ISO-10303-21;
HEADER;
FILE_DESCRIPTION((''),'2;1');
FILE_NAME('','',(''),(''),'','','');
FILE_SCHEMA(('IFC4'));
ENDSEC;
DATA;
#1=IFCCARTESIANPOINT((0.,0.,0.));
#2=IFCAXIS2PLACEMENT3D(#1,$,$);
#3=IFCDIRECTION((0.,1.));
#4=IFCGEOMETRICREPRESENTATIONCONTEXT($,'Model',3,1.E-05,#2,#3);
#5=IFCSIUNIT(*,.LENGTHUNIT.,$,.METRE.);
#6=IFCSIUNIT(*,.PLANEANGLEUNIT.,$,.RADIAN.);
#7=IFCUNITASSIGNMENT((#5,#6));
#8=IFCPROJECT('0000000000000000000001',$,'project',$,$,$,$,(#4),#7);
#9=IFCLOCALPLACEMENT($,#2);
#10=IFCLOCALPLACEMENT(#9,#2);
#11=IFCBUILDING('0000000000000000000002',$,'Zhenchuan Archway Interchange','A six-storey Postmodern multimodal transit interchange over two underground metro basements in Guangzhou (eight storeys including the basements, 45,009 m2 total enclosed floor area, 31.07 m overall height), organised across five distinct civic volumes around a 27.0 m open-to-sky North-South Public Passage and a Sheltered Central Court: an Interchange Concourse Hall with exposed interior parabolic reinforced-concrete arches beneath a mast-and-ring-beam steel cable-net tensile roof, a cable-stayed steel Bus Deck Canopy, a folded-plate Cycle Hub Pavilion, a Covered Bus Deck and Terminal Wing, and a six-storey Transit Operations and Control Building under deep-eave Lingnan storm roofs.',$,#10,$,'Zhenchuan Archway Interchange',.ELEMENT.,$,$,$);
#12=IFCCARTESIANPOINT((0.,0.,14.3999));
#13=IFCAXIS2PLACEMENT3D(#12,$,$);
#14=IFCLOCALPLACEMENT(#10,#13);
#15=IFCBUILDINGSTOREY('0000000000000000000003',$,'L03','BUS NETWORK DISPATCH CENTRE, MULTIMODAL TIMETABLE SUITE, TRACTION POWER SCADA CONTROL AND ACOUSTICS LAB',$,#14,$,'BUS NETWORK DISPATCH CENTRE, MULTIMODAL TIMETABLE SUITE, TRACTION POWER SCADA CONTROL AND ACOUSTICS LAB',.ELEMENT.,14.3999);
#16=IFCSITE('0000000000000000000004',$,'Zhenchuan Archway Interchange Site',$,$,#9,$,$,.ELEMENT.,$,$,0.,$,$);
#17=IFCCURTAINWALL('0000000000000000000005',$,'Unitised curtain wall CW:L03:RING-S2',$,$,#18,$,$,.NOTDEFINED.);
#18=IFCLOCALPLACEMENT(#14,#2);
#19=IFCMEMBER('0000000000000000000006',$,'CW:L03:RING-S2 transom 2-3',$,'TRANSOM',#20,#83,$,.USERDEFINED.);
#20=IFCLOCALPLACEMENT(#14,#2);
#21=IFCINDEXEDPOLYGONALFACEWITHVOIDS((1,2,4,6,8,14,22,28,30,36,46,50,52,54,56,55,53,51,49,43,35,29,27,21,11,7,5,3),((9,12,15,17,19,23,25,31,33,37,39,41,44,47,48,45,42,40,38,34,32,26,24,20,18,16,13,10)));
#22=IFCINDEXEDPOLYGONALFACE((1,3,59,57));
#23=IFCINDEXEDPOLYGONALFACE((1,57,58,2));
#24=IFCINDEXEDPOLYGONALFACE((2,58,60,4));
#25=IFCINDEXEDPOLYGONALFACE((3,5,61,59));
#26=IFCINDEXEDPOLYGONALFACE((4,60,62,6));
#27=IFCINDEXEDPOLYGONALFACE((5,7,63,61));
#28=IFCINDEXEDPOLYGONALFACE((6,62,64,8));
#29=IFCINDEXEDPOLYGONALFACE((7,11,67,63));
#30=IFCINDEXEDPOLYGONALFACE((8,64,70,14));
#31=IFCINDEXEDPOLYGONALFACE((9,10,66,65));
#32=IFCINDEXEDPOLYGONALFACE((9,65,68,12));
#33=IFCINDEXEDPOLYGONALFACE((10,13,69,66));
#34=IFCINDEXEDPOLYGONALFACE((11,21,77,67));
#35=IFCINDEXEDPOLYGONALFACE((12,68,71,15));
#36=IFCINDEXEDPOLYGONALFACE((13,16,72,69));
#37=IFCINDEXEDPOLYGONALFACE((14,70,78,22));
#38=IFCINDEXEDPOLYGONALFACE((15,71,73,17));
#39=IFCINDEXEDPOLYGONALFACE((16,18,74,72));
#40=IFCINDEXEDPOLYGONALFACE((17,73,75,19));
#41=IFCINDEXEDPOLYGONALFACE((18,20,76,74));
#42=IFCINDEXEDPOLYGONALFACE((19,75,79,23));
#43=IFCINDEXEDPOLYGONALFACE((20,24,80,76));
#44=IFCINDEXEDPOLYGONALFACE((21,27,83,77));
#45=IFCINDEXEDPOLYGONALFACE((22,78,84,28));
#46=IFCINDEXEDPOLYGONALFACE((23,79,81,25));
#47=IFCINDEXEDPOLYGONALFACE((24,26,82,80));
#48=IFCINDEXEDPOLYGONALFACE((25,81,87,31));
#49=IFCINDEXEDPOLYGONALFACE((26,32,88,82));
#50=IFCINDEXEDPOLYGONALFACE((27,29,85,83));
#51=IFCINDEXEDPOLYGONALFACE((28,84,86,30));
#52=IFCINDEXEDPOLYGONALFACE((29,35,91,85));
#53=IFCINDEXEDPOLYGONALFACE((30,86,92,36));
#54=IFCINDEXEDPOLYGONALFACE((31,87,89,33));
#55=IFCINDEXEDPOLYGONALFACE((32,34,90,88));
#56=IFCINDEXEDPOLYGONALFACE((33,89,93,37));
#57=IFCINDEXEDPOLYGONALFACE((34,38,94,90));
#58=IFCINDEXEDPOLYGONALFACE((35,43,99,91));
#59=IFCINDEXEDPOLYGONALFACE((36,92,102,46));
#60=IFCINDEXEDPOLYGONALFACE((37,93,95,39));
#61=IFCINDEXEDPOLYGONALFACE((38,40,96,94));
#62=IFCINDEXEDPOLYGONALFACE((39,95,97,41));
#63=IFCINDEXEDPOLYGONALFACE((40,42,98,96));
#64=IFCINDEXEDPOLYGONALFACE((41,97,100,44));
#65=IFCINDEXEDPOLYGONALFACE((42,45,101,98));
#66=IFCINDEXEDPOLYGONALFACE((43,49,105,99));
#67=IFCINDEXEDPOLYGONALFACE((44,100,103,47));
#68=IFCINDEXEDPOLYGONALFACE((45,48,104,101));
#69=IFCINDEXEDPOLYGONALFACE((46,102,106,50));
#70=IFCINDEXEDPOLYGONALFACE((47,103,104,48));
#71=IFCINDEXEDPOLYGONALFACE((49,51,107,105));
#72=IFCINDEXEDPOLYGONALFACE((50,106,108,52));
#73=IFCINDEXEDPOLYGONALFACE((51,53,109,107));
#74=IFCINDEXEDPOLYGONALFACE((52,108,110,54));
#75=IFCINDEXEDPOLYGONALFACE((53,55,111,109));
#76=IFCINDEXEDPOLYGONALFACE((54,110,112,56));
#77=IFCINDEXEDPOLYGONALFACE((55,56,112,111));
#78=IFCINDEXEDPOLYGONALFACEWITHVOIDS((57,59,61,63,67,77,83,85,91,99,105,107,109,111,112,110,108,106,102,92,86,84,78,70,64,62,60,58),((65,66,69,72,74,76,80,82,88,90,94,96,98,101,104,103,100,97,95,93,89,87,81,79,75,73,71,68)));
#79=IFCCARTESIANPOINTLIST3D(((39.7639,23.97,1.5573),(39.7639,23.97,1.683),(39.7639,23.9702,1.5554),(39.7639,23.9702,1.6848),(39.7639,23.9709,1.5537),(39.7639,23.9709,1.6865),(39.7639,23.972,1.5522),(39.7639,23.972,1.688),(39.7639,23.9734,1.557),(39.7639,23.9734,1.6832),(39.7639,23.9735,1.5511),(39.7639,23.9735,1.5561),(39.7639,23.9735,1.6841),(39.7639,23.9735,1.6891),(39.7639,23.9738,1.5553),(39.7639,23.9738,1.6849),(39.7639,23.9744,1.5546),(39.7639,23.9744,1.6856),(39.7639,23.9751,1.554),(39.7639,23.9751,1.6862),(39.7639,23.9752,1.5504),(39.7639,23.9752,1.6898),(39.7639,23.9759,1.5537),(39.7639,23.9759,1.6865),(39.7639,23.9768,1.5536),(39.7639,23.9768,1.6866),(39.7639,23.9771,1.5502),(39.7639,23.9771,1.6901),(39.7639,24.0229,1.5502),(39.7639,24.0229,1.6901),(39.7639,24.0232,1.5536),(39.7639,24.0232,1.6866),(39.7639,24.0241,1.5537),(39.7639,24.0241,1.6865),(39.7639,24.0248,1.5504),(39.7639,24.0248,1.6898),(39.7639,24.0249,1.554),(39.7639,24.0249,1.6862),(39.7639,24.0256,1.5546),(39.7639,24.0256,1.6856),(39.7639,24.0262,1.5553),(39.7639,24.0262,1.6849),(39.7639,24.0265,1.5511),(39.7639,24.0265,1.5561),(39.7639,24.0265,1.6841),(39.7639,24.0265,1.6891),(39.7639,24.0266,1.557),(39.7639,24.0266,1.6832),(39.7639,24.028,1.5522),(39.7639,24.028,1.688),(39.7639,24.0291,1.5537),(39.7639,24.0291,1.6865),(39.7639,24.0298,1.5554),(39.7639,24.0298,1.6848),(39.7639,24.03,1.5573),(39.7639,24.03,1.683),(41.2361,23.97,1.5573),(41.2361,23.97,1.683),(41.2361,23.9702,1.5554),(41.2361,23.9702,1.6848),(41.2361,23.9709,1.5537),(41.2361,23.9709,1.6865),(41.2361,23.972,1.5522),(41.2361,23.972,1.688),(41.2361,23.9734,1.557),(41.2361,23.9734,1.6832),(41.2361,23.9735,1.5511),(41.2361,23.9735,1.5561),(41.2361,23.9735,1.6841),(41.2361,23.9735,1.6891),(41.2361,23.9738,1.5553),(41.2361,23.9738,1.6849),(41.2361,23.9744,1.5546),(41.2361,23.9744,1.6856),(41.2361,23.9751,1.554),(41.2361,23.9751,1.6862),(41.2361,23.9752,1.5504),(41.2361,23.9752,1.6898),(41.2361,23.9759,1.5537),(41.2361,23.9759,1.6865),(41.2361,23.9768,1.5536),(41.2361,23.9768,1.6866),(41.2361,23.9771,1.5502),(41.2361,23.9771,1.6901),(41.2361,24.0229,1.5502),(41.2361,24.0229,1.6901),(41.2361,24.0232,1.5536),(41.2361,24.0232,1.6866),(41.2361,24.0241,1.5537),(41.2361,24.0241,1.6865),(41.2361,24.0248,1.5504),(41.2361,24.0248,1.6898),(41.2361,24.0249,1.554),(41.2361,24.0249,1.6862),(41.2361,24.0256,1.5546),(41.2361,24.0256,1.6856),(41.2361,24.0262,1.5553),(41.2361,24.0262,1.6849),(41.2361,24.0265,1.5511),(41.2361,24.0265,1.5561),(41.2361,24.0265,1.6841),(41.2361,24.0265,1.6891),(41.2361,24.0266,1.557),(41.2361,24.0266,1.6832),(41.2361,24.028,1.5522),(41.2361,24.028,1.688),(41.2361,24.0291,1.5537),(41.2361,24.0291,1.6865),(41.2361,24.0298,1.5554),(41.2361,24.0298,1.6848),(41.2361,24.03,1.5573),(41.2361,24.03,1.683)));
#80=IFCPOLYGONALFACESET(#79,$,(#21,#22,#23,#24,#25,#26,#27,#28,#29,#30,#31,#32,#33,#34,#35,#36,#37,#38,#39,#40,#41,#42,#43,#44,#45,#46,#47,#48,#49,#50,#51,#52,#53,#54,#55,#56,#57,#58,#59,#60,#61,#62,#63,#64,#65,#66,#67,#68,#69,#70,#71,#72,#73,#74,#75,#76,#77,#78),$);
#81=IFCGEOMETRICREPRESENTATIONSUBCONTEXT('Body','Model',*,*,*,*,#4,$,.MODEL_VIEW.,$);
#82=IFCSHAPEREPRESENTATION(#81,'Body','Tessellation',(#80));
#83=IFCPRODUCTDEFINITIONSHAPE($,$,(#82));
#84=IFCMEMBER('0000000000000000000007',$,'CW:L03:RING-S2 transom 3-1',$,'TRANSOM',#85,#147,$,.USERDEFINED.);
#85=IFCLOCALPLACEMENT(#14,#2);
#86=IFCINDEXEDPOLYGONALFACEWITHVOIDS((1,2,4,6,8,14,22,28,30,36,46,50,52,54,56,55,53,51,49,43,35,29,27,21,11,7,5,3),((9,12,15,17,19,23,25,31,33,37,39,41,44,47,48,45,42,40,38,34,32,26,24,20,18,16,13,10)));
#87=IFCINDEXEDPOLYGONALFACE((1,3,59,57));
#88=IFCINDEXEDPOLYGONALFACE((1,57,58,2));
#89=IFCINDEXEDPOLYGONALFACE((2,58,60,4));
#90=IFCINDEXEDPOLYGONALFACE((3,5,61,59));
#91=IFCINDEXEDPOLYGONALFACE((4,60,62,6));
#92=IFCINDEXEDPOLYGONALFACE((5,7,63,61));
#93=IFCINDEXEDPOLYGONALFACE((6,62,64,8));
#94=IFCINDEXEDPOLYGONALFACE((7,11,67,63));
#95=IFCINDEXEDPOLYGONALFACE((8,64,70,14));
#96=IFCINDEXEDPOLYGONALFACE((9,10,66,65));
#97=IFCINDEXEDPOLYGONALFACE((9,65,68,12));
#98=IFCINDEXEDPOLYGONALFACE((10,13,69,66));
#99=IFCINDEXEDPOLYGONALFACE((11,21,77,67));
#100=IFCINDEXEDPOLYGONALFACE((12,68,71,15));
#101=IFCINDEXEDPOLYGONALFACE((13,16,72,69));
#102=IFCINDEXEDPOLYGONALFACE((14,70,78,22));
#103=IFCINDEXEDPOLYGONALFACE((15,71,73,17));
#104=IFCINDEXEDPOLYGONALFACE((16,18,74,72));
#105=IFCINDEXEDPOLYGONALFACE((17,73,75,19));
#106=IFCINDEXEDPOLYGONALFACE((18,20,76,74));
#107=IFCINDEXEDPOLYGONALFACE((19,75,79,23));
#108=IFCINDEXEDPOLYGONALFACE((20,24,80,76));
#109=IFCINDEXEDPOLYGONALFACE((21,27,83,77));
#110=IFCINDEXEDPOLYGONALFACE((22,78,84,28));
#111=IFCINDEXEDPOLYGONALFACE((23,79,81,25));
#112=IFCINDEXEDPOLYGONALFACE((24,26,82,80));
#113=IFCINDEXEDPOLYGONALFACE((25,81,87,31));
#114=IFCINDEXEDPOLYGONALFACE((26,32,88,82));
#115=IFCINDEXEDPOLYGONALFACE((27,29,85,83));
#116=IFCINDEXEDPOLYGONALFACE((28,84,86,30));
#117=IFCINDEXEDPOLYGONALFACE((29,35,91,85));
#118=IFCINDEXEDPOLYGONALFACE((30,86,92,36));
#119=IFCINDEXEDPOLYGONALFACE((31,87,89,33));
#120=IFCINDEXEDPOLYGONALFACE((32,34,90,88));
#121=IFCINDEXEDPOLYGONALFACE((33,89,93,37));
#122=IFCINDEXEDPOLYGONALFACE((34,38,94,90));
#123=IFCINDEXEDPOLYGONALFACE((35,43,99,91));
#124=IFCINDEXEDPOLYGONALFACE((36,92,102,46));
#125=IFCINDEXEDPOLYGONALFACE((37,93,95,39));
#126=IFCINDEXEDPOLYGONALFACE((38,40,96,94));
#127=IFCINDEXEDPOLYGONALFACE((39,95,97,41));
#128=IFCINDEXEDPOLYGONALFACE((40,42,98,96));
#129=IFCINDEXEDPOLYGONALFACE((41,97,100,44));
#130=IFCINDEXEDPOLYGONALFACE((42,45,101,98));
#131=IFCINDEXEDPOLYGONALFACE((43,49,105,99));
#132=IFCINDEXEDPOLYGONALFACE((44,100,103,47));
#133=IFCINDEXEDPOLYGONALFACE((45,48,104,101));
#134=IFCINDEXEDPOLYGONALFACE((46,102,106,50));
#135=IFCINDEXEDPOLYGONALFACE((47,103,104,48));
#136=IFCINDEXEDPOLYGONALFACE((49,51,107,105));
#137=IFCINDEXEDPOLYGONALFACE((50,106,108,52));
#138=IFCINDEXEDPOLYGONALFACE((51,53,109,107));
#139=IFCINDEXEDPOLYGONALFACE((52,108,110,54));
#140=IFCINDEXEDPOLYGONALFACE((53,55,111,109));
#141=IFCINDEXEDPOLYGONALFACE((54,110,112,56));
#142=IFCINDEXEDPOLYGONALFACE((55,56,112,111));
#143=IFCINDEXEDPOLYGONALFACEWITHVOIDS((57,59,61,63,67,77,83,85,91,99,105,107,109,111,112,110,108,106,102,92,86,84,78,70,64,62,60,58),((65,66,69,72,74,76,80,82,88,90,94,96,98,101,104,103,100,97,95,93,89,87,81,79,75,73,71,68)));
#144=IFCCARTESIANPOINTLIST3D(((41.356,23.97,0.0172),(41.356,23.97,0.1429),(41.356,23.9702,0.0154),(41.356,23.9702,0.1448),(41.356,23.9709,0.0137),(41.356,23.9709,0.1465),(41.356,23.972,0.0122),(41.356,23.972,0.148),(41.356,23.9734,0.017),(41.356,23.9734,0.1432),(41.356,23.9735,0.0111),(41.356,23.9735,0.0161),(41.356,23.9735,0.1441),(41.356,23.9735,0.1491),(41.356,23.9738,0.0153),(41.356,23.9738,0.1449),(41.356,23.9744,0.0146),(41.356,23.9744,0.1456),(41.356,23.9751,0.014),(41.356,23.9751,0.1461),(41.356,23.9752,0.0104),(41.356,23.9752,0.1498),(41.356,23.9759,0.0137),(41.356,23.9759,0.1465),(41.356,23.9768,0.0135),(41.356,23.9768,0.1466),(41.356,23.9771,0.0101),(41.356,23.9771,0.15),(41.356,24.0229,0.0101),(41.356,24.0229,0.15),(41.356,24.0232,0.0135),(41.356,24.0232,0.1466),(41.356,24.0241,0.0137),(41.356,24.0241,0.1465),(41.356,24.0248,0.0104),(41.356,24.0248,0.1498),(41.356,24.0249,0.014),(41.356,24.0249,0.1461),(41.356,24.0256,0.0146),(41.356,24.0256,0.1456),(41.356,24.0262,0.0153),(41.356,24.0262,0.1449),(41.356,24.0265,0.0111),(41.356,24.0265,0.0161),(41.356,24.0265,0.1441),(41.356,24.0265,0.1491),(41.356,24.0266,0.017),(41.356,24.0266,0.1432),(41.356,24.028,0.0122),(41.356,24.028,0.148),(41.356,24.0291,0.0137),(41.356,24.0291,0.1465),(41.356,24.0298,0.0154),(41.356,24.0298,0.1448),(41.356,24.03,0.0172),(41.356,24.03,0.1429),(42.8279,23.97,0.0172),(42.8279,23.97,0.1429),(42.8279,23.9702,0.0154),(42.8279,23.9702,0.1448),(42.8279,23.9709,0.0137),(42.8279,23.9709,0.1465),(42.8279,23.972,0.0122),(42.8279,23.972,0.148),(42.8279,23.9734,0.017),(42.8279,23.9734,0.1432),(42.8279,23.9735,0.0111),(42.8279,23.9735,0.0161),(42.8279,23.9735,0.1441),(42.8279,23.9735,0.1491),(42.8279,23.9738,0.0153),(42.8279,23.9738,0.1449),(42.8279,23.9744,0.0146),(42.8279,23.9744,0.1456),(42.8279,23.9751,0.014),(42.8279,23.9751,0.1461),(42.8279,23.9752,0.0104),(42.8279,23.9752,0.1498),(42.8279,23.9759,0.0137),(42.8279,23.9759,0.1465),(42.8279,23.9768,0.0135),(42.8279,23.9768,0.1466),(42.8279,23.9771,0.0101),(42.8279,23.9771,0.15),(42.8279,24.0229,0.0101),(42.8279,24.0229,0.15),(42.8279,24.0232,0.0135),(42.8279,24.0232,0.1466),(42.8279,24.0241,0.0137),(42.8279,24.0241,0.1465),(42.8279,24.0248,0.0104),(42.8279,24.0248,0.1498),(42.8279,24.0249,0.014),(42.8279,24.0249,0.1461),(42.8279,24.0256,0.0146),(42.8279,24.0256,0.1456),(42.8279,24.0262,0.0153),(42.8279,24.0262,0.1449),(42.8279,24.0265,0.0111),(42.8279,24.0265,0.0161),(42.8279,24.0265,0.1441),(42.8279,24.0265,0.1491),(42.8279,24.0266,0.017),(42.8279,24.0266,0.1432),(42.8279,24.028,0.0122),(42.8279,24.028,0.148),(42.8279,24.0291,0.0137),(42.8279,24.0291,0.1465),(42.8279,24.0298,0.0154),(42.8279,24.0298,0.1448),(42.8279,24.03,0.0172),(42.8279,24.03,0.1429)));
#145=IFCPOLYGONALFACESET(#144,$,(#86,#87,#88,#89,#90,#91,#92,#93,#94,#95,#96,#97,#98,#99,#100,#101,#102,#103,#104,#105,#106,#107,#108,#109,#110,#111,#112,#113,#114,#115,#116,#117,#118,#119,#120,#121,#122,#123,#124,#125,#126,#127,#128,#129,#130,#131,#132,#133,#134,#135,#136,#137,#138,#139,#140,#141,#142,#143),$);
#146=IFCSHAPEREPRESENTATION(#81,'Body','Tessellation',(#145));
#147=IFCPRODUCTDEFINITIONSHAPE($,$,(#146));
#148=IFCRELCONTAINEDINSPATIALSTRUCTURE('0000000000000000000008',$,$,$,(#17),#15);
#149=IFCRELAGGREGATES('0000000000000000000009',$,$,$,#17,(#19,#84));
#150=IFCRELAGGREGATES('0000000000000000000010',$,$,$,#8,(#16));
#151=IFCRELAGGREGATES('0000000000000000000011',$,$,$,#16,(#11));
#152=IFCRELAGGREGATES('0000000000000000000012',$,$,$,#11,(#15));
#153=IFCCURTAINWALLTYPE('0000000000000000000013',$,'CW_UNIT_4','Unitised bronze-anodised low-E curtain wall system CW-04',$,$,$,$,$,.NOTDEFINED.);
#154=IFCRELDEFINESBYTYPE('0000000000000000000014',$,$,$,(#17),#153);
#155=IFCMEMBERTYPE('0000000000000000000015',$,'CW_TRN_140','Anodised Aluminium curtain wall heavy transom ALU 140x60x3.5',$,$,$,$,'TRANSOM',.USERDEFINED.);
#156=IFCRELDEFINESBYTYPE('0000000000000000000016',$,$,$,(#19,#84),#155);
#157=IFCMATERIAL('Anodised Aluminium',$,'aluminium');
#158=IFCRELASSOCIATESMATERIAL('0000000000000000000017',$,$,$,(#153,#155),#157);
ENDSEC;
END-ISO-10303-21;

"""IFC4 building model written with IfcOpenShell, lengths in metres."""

from ifc_helpers import new_model, si_unit, direction, frame, origin, origin_2d, place, context, subcontext, project, spatial, hollow_rectangle, extrude, material, material_profile, profile_set, type_object, element, aggregate, save


model = new_model("IFC4")

# Units and contexts
model_context = context("Model", 3, precision=1e-05, world=origin(), true_north=direction((0.0, 1.0)))
body_context = subcontext(model_context, "Body", "Model", "MODEL_VIEW")
ifc_project = project(units=[si_unit("LENGTHUNIT", "METRE"), si_unit("PLANEANGLEUNIT", "RADIAN")], contexts=[model_context])

# Site, building, storey
site_placement = place(None, origin())
site = spatial("IfcSite", under=ifc_project, at=site_placement, Name="Zhenchuan Archway Interchange Site", CompositionType="ELEMENT", RefElevation=0.0)
building_placement = place(site_placement, origin())
building = spatial("IfcBuilding", under=site, at=building_placement, Name="Zhenchuan Archway Interchange", Description="A six-storey Postmodern multimodal transit interchange over two underground metro basements in Guangzhou (eight storeys including the basements, 45,009 m2 total enclosed floor area, 31.07 m overall height), organised across five distinct civic volumes around a 27.0 m open-to-sky North-South Public Passage and a Sheltered Central Court: an Interchange Concourse Hall with exposed interior parabolic reinforced-concrete arches beneath a mast-and-ring-beam steel cable-net tensile roof, a cable-stayed steel Bus Deck Canopy, a folded-plate Cycle Hub Pavilion, a Covered Bus Deck and Terminal Wing, and a six-storey Transit Operations and Control Building under deep-eave Lingnan storm roofs.", LongName="Zhenchuan Archway Interchange", CompositionType="ELEMENT")
storey_placement = place(building_placement, frame((0.0, 0.0, 14.3999)))
storey = spatial("IfcBuildingStorey", under=building, at=storey_placement, Name="L03", Description="BUS NETWORK DISPATCH CENTRE, MULTIMODAL TIMETABLE SUITE, TRACTION POWER SCADA CONTROL AND ACOUSTICS LAB", LongName="BUS NETWORK DISPATCH CENTRE, MULTIMODAL TIMETABLE SUITE, TRACTION POWER SCADA CONTROL AND ACOUSTICS LAB", CompositionType="ELEMENT", Elevation=14.3999)

# Curtain wall
ifc_material_1 = material(Name="Anodised Aluminium", Category="aluminium")
curtain_wall_type = type_object("IfcCurtainWallType", Name="CW_UNIT_4", Description="Unitised bronze-anodised low-E curtain wall system CW-04", PredefinedType="NOTDEFINED", material=ifc_material_1)
curtain_wall_1_placement = place(storey_placement, origin())
curtain_wall_1 = element("IfcCurtainWall", 1, at=curtain_wall_1_placement, inside=storey, type_object=curtain_wall_type, Name="Unitised curtain wall CW:L03:RING-S2", PredefinedType="NOTDEFINED")

# Members
ifc_material_profile_1 = material_profile(ifc_material_1, hollow_rectangle(XDim=0.0601, YDim=0.1399, WallThickness=0.0034, InnerFilletRadius=0.0034, OuterFilletRadius=0.0071, at=origin_2d()), Name="ALU 140x60x3.5")
ifc_profile_set_1 = profile_set([ifc_material_profile_1], Name="Anodised Aluminium")
member_type_1 = type_object("IfcMemberType", Name="CW_TRN_140", Description="Anodised Aluminium curtain wall heavy transom ALU 140x60x3.5", ElementType="TRANSOM", PredefinedType="USERDEFINED", material=ifc_profile_set_1)
member_1_placement = place(storey_placement, frame((39.7639, 24.0, 1.6201), z_axis=(1.0, 0.0, 0.0), x_axis=(0.0, 1.0, 0.0)))
member_1 = element("IfcMember", 2, at=member_1_placement, type_object=member_type_1, Name="CW:L03:RING-S2 transom 2-3", ObjectType="TRANSOM", PredefinedType="USERDEFINED", context=body_context, shape_type="SweptSolid", body=[
    extrude(hollow_rectangle(XDim=0.0601, YDim=0.1399, WallThickness=0.0034, InnerFilletRadius=0.0034, OuterFilletRadius=0.0071, at=origin_2d()), origin(), (0.0, 0.0, 1.0), 1.4722),
])
member_2_placement = place(storey_placement, frame((41.356, 24.0, 0.0801), z_axis=(1.0, 0.0, 0.0), x_axis=(0.0, 1.0, 0.0)))
member_2 = element("IfcMember", 3, at=member_2_placement, type_object=member_type_1, Name="CW:L03:RING-S2 transom 3-1", ObjectType="TRANSOM", PredefinedType="USERDEFINED", context=body_context, shape_type="SweptSolid", body=[
    extrude(hollow_rectangle(XDim=0.0601, YDim=0.1399, WallThickness=0.0034, InnerFilletRadius=0.0034, OuterFilletRadius=0.0071, at=origin_2d()), origin(), (0.0, 0.0, 1.0), 1.4719),
])

aggregate(curtain_wall_1, [member_1, member_2])

save(model, "model.ifc")
